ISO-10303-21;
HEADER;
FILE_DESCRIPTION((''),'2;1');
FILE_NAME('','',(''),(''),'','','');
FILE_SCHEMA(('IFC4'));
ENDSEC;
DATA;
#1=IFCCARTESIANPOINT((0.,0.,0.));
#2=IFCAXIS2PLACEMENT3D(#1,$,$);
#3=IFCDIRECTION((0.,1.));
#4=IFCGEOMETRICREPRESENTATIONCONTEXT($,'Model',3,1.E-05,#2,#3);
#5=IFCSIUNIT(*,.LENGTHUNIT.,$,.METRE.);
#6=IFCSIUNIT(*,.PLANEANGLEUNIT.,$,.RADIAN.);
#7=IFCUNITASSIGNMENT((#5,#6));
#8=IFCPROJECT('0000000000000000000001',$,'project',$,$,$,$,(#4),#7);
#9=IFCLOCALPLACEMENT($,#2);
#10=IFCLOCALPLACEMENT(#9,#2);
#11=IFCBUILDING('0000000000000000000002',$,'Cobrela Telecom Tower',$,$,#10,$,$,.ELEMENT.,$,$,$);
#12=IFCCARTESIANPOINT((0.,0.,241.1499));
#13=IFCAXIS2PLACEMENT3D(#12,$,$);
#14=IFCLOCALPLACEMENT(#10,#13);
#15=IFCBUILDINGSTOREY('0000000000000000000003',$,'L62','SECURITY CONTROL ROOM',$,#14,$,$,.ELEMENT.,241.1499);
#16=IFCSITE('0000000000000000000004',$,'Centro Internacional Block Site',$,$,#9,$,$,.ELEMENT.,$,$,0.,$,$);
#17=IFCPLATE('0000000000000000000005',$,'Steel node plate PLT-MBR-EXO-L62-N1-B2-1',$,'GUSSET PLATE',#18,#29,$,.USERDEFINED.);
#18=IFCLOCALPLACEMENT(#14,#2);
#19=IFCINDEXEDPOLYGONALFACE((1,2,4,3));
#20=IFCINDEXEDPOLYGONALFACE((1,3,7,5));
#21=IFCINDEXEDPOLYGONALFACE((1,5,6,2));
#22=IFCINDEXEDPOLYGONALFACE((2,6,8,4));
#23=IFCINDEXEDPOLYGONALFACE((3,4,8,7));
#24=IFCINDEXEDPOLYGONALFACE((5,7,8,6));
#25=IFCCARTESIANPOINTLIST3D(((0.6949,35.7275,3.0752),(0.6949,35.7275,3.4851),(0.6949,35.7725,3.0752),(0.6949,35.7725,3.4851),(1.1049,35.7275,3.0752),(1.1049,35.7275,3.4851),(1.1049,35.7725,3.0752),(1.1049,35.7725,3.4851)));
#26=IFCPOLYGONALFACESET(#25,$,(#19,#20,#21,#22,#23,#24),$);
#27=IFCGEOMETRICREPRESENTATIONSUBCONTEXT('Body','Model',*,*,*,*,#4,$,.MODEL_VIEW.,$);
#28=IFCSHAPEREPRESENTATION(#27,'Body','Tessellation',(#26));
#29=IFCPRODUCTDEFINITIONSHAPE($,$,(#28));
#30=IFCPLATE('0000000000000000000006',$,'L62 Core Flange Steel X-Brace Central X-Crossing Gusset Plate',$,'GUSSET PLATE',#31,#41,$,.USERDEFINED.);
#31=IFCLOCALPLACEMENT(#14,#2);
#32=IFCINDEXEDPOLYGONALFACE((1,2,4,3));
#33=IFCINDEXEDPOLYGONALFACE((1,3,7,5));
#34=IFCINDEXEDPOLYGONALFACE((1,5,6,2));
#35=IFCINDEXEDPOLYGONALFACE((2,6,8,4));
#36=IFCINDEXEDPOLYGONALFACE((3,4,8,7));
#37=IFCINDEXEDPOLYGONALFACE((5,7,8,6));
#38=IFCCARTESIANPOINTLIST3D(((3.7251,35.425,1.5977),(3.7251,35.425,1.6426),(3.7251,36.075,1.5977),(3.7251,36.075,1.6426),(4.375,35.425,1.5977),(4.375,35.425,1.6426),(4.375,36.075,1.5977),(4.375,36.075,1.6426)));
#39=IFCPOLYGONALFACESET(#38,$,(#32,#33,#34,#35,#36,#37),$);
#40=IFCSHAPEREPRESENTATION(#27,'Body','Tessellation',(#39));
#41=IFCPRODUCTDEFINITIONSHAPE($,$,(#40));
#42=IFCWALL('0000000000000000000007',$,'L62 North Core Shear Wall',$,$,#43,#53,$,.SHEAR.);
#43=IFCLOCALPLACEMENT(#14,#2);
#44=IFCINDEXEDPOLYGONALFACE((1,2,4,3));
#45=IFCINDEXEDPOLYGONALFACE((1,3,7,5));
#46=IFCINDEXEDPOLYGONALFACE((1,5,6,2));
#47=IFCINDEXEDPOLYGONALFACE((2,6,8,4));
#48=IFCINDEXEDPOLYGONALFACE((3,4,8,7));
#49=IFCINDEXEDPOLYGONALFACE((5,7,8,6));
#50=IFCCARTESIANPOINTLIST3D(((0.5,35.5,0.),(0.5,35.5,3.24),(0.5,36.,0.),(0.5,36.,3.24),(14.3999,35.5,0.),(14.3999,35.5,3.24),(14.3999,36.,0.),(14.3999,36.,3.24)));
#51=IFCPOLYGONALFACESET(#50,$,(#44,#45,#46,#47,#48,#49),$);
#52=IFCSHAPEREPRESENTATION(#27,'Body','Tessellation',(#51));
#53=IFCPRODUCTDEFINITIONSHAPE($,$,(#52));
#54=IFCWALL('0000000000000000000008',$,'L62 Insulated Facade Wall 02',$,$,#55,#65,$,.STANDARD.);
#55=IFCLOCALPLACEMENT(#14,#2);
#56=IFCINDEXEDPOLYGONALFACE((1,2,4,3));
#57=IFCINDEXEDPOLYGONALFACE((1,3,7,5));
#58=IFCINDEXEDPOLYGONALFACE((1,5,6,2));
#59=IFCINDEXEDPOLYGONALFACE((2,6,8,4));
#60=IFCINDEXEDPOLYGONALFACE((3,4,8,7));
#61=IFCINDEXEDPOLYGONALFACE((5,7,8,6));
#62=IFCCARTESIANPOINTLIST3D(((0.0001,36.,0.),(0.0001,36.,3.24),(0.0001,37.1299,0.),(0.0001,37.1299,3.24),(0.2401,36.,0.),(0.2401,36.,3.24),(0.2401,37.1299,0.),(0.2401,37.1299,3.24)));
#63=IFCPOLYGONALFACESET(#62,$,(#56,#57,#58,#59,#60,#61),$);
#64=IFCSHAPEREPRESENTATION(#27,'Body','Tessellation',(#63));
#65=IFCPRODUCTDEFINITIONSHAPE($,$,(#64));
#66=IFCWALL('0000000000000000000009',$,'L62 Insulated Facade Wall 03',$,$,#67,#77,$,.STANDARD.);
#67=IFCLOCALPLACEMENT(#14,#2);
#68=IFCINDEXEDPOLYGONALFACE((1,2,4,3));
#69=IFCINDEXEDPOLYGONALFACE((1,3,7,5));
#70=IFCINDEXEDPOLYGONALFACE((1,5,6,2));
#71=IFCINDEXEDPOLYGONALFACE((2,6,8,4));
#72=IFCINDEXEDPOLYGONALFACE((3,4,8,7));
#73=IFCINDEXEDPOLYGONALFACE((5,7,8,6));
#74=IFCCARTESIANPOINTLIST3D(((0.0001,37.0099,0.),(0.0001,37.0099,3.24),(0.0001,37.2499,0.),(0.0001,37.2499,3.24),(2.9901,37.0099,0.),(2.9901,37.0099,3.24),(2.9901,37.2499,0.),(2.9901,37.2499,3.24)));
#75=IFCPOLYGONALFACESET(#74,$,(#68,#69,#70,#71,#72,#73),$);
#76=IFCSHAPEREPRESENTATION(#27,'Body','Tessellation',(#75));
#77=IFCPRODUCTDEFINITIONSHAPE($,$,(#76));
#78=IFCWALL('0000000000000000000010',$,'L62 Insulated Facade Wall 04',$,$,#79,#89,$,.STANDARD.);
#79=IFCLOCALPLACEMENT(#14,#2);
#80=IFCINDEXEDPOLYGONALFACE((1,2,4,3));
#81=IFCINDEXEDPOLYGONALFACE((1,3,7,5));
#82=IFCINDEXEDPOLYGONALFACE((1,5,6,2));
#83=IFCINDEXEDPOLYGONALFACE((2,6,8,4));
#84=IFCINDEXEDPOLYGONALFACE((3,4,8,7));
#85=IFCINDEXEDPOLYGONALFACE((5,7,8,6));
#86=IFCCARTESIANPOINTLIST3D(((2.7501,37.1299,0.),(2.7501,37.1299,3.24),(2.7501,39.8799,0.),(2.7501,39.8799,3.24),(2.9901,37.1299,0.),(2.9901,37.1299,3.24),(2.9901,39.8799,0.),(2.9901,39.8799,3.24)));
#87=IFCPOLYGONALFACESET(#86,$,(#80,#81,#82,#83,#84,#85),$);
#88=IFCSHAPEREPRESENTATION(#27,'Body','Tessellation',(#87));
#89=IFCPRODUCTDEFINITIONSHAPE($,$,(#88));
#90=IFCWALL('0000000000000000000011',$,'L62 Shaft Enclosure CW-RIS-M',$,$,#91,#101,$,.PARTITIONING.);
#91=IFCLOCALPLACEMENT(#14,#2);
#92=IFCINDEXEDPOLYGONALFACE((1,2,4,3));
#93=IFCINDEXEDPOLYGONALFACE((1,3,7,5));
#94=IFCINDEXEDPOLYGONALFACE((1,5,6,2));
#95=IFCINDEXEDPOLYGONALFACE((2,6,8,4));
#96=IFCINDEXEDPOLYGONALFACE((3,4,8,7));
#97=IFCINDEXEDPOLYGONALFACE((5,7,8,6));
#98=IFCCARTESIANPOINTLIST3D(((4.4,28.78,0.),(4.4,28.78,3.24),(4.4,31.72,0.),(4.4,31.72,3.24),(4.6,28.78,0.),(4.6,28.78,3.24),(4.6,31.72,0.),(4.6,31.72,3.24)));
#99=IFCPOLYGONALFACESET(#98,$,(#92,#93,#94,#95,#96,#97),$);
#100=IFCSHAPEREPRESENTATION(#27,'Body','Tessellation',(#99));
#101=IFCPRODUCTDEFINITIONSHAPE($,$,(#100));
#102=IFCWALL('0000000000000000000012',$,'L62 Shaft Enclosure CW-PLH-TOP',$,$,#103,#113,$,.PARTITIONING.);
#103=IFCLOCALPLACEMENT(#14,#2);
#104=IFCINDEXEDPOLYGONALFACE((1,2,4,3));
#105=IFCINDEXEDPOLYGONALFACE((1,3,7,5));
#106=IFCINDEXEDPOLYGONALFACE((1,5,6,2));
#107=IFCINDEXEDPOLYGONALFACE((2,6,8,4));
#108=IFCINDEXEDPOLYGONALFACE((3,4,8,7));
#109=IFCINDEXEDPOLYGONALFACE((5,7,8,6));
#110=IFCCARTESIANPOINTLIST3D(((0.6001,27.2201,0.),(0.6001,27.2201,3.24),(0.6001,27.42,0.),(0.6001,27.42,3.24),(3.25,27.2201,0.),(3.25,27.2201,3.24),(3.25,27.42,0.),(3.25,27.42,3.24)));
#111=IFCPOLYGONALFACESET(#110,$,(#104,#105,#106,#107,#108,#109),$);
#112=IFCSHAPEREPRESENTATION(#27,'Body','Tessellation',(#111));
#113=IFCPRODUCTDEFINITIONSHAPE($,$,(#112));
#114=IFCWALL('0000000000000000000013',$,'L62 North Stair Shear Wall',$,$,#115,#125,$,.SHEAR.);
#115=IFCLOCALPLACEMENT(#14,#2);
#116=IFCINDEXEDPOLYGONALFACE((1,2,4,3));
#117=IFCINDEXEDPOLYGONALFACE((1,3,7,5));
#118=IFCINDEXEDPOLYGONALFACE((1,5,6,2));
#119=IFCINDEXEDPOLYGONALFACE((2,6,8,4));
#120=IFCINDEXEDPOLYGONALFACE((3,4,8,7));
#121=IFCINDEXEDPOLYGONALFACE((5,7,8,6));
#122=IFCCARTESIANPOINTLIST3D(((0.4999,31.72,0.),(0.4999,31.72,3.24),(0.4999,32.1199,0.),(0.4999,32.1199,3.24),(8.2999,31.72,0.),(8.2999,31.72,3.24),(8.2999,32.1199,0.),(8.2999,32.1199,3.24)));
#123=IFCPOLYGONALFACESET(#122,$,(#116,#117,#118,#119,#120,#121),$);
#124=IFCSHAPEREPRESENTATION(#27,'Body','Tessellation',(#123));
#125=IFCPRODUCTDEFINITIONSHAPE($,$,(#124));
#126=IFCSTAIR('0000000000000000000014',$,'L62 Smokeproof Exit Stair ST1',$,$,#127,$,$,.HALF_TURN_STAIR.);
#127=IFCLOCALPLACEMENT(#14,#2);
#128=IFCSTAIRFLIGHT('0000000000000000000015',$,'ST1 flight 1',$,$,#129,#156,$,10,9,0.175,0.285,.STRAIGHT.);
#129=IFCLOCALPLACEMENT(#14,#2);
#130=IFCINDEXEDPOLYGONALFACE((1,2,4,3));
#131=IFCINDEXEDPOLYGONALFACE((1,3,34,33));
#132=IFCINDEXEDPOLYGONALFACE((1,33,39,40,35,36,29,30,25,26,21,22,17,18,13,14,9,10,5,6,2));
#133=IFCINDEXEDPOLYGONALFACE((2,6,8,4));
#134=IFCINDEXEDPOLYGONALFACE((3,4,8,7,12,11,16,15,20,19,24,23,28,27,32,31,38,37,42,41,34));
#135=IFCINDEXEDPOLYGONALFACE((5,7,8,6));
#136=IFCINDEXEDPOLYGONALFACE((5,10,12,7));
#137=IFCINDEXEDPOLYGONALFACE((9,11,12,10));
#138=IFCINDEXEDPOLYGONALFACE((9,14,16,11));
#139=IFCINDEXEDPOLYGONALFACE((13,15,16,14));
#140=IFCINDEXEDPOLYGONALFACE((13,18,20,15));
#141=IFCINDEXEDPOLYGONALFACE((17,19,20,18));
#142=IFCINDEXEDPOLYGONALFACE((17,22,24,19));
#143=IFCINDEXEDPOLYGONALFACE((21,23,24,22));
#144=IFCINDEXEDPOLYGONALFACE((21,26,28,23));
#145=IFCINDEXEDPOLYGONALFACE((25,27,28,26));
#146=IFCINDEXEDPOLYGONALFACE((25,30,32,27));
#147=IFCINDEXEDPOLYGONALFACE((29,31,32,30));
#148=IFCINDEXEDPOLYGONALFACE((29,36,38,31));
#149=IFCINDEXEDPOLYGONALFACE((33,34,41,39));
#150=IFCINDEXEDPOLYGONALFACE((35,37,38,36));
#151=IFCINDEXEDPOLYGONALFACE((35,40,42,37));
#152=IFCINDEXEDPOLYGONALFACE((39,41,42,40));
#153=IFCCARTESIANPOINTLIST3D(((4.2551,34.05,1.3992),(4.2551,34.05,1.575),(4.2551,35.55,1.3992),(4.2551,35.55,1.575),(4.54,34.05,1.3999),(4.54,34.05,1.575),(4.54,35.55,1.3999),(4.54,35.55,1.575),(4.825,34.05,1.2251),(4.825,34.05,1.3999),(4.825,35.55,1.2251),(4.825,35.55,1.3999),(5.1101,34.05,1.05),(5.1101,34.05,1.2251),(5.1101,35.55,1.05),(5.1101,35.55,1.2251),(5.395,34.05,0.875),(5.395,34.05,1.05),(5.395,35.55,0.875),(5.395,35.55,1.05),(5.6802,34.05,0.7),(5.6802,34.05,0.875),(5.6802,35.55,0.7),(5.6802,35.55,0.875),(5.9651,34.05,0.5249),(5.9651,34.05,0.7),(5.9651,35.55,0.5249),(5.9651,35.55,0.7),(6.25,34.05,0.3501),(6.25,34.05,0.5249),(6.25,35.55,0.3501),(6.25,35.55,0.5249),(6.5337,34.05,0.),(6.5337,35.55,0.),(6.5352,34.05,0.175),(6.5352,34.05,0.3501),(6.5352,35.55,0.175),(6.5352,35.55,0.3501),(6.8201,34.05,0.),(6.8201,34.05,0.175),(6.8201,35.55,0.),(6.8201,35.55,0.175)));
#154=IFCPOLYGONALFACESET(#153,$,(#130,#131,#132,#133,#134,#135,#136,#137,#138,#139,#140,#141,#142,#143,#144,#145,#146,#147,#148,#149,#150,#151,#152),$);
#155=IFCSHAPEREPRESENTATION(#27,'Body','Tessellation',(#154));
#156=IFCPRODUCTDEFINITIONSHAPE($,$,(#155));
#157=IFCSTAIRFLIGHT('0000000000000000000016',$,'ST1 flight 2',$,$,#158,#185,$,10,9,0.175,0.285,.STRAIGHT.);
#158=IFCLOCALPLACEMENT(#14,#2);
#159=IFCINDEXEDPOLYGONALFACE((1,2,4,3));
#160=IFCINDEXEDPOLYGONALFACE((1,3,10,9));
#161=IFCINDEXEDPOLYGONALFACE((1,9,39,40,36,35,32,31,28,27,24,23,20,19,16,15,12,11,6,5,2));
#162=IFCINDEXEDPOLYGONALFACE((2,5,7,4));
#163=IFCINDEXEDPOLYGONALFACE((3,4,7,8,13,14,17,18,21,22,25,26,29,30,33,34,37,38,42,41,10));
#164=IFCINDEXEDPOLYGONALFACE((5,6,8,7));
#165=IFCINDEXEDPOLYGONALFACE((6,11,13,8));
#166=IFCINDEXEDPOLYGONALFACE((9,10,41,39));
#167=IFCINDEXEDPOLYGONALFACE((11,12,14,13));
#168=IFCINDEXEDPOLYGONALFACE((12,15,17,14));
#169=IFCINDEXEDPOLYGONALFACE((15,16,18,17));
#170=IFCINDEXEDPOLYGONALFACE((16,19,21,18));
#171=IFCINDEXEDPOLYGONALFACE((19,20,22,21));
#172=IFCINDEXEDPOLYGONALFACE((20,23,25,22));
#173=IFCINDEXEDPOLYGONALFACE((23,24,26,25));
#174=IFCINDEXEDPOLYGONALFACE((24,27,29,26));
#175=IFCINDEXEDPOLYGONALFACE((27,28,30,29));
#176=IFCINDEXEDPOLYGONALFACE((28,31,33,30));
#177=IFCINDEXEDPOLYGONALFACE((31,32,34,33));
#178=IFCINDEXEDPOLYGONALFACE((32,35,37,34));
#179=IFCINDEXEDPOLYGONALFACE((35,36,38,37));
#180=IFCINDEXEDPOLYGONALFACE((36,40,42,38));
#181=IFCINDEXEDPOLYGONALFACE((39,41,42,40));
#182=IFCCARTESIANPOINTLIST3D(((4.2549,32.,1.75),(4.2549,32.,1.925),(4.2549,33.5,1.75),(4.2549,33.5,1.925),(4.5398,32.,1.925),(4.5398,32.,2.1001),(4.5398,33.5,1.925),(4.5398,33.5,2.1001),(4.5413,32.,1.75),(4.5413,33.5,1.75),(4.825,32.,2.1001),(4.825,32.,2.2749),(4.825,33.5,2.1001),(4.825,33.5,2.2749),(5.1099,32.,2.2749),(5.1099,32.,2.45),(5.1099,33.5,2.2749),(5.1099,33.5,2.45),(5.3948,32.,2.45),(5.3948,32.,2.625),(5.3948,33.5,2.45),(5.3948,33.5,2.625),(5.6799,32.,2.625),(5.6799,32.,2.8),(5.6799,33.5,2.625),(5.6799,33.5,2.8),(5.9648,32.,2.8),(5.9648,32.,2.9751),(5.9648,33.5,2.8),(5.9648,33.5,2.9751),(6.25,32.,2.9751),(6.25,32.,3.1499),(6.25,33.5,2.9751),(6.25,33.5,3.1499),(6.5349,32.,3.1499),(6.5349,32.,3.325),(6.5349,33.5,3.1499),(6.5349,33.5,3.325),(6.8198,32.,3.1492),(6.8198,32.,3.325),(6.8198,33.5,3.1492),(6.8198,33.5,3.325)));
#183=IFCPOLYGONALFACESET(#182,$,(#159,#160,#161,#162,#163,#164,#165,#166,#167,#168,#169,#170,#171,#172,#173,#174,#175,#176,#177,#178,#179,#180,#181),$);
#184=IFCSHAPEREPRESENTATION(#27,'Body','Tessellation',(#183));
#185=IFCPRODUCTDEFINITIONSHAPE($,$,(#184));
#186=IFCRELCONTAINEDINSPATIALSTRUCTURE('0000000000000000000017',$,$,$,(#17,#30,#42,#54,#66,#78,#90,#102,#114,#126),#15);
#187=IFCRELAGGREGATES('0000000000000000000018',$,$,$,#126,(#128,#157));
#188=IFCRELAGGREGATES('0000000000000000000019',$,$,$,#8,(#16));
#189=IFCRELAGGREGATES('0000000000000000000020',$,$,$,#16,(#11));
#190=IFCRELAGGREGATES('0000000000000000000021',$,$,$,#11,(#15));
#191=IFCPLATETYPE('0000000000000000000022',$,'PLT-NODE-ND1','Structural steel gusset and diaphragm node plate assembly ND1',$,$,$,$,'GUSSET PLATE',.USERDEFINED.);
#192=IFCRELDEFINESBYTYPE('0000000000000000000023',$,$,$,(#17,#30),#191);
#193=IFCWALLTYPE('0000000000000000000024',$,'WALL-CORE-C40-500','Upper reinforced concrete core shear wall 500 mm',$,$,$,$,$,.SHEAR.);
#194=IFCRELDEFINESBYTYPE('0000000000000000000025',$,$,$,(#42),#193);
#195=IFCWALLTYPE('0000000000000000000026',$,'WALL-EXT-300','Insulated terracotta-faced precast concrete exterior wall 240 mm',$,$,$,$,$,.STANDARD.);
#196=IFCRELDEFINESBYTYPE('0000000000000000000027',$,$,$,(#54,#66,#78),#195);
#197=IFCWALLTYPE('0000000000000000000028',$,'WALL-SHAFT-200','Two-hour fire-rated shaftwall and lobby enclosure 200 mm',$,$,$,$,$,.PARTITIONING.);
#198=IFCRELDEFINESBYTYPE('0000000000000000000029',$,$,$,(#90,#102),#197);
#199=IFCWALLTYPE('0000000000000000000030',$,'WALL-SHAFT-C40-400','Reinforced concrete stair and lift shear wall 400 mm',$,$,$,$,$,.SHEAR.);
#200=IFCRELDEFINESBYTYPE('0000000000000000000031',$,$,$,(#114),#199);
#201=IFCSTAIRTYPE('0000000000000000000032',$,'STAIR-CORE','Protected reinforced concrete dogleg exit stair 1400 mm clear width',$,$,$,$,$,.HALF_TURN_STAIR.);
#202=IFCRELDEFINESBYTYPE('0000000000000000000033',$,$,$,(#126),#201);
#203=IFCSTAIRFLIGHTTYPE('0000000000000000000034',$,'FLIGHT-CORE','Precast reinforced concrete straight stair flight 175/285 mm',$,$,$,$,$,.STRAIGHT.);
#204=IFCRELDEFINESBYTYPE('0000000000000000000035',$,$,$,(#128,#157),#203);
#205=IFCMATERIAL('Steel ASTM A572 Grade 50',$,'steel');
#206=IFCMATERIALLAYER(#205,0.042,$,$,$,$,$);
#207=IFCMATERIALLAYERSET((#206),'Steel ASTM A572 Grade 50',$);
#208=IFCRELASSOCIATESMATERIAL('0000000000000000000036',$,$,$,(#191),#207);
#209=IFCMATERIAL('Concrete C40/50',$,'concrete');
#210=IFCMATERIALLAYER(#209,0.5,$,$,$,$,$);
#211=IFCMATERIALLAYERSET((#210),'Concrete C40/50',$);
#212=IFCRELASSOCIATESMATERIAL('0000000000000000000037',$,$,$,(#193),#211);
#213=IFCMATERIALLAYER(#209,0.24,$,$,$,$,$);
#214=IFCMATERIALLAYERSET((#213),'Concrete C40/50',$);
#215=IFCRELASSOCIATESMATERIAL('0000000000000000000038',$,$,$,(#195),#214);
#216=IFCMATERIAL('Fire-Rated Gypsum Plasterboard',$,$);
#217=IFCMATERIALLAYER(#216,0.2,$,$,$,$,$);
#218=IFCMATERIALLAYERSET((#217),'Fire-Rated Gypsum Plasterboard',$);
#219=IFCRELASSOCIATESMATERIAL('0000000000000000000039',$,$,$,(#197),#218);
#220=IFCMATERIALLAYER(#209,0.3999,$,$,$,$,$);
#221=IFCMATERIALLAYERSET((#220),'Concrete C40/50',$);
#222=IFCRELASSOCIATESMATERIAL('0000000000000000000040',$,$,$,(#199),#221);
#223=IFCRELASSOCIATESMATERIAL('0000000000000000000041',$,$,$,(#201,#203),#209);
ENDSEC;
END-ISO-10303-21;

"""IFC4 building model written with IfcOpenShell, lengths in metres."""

from ifc_helpers import new_model, si_unit, direction, frame, frame_2d, origin, origin_2d, place, context, subcontext, project, spatial, polyline, rectangle, outline, extrude, material, layer, layer_set, type_object, element, aggregate, save


model = new_model("IFC4")

# Units and contexts
model_context = context("Model", 3, precision=1e-05, world=origin(), true_north=direction((0.0, 1.0)))
body_context = subcontext(model_context, "Body", "Model", "MODEL_VIEW")
ifc_project = project(units=[si_unit("LENGTHUNIT", "METRE"), si_unit("PLANEANGLEUNIT", "RADIAN")], contexts=[model_context])

# Site, building, storey
site_placement = place(None, origin())
site = spatial("IfcSite", under=ifc_project, at=site_placement, Name="Centro Internacional Block Site", CompositionType="ELEMENT", RefElevation=0.0)
building_placement = place(site_placement, origin())
building = spatial("IfcBuilding", under=site, at=building_placement, Name="Cobrela Telecom Tower", CompositionType="ELEMENT")
storey_placement = place(building_placement, frame((0.0, 0.0, 241.1499)))
storey = spatial("IfcBuildingStorey", under=building, at=storey_placement, Name="L62", Description="SECURITY CONTROL ROOM", CompositionType="ELEMENT", Elevation=241.1499)

# Shared definitions
ifc_material_1 = material(Name="Steel ASTM A572 Grade 50", Category="steel")

# Plates
ifc_layer_1 = layer(ifc_material_1, 0.042)
ifc_layer_set_1 = layer_set([ifc_layer_1], Name="Steel ASTM A572 Grade 50")
plate_type_1 = type_object("IfcPlateType", Name="PLT-NODE-ND1", Description="Structural steel gusset and diaphragm node plate assembly ND1", ElementType="GUSSET PLATE", PredefinedType="USERDEFINED", material=ifc_layer_set_1)
for number, where, z_axis, x_axis, name in (
    (1, (0.8999, 35.75, 3.0752), (0.0, 0.0, 1.0), (-1.0, 0.0, 0.0), "Steel node plate PLT-MBR-EXO-L62-N1-B2-1"),
):
    element("IfcPlate", number, at=place(storey_placement, frame(where, z_axis=z_axis, x_axis=x_axis)), inside=storey, type_object=plate_type_1, Name=name, ObjectType="GUSSET PLATE", PredefinedType="USERDEFINED", context=body_context, shape_type="SweptSolid", body=[
        extrude(rectangle(XDim=0.4099, YDim=0.0449, at=origin_2d()), origin(), (0.0, 0.0, 1.0), 0.4099),
    ])
plate_1_placement = place(storey_placement, frame((4.05, 35.75, 1.5977), z_axis=(0.0, 0.0, 1.0), x_axis=(1.0, 0.0, 0.0)))
element("IfcPlate", 2, at=plate_1_placement, inside=storey, type_object=plate_type_1, Name="L62 Core Flange Steel X-Brace Central X-Crossing Gusset Plate", ObjectType="GUSSET PLATE", PredefinedType="USERDEFINED", context=body_context, shape_type="SweptSolid", body=[
    extrude(rectangle(XDim=0.6499, YDim=0.6499, at=origin_2d()), origin(), (0.0, 0.0, 1.0), 0.0449),
])

# Walls
ifc_material_2 = material(Name="Concrete C40/50", Category="concrete")
ifc_layer_2 = layer(ifc_material_2, 0.5)
ifc_layer_set_2 = layer_set([ifc_layer_2], Name="Concrete C40/50")
wall_type_1 = type_object("IfcWallType", Name="WALL-CORE-C40-500", Description="Upper reinforced concrete core shear wall 500 mm", PredefinedType="SHEAR", material=ifc_layer_set_2)
wall_1_placement = place(storey_placement, frame((0.5, 35.75, 0.0), z_axis=(0.0, 0.0, 1.0), x_axis=(1.0, 0.0, 0.0)))
element("IfcWall", 3, at=wall_1_placement, inside=storey, type_object=wall_type_1, Name="L62 North Core Shear Wall", PredefinedType="SHEAR", context=body_context, shape_type="SweptSolid", body=[
    extrude(rectangle(XDim=13.8999, YDim=0.5, at=frame_2d((6.95, 0.0))), origin(), (0.0, 0.0, 1.0), 3.24),
])
ifc_layer_3 = layer(ifc_material_2, 0.24)
ifc_layer_set_3 = layer_set([ifc_layer_3], Name="Concrete C40/50")
wall_type_2 = type_object("IfcWallType", Name="WALL-EXT-300", Description="Insulated terracotta-faced precast concrete exterior wall 240 mm", PredefinedType="STANDARD", material=ifc_layer_set_3)
wall_2_placement = place(storey_placement, frame((0.1201, 36.0, 0.0), z_axis=(0.0, 0.0, 1.0), x_axis=(0.0, 1.0, 0.0)))
element("IfcWall", 4, at=wall_2_placement, inside=storey, type_object=wall_type_2, Name="L62 Insulated Facade Wall 02", PredefinedType="STANDARD", context=body_context, shape_type="SweptSolid", body=[
    extrude(rectangle(XDim=1.1299, YDim=0.24, at=frame_2d((0.5649, 0.0))), origin(), (0.0, 0.0, 1.0), 3.24),
])
wall_3_placement = place(storey_placement, frame((0.0, 37.1299, 0.0), z_axis=(0.0, 0.0, 1.0), x_axis=(1.0, 0.0, 0.0)))
element("IfcWall", 5, at=wall_3_placement, inside=storey, type_object=wall_type_2, Name="L62 Insulated Facade Wall 03", PredefinedType="STANDARD", context=body_context, shape_type="SweptSolid", body=[
    extrude(rectangle(XDim=2.99, YDim=0.24, at=frame_2d((1.4951, 0.0))), origin(), (0.0, 0.0, 1.0), 3.24),
])
wall_4_placement = place(storey_placement, frame((2.8701, 37.1299, 0.0), z_axis=(0.0, 0.0, 1.0), x_axis=(0.0, 1.0, 0.0)))
element("IfcWall", 6, at=wall_4_placement, inside=storey, type_object=wall_type_2, Name="L62 Insulated Facade Wall 04", PredefinedType="STANDARD", context=body_context, shape_type="SweptSolid", body=[
    extrude(rectangle(XDim=2.75, YDim=0.24, at=frame_2d((1.375, 0.0))), origin(), (0.0, 0.0, 1.0), 3.24),
])

# Shared definitions
ifc_material_3 = material(Name="Fire-Rated Gypsum Plasterboard")
ifc_layer_4 = layer(ifc_material_3, 0.2)
ifc_layer_set_4 = layer_set([ifc_layer_4], Name="Fire-Rated Gypsum Plasterboard")
wall_type_3 = type_object("IfcWallType", Name="WALL-SHAFT-200", Description="Two-hour fire-rated shaftwall and lobby enclosure 200 mm", PredefinedType="PARTITIONING", material=ifc_layer_set_4)

# Walls
wall_5_placement = place(storey_placement, frame((4.5, 28.78, 0.0), z_axis=(0.0, 0.0, 1.0), x_axis=(0.0, 1.0, 0.0)))
element("IfcWall", 7, at=wall_5_placement, inside=storey, type_object=wall_type_3, Name="L62 Shaft Enclosure CW-RIS-M", PredefinedType="PARTITIONING", context=body_context, shape_type="SweptSolid", body=[
    extrude(rectangle(XDim=2.9399, YDim=0.2, at=frame_2d((1.47, 0.0))), origin(), (0.0, 0.0, 1.0), 3.24),
])
wall_6_placement = place(storey_placement, frame((0.6001, 27.3201, 0.0), z_axis=(0.0, 0.0, 1.0), x_axis=(1.0, 0.0, 0.0)))
element("IfcWall", 8, at=wall_6_placement, inside=storey, type_object=wall_type_3, Name="L62 Shaft Enclosure CW-PLH-TOP", PredefinedType="PARTITIONING", context=body_context, shape_type="SweptSolid", body=[
    extrude(rectangle(XDim=2.6499, YDim=0.2, at=frame_2d((1.325, 0.0))), origin(), (0.0, 0.0, 1.0), 3.24),
])
ifc_layer_5 = layer(ifc_material_2, 0.3999)
ifc_layer_set_5 = layer_set([ifc_layer_5], Name="Concrete C40/50")
wall_type_4 = type_object("IfcWallType", Name="WALL-SHAFT-C40-400", Description="Reinforced concrete stair and lift shear wall 400 mm", PredefinedType="SHEAR", material=ifc_layer_set_5)
wall_7_placement = place(storey_placement, frame((0.5, 31.9199, 0.0), z_axis=(0.0, 0.0, 1.0), x_axis=(1.0, 0.0, 0.0)))
element("IfcWall", 9, at=wall_7_placement, inside=storey, type_object=wall_type_4, Name="L62 North Stair Shear Wall", PredefinedType="SHEAR", context=body_context, shape_type="SweptSolid", body=[
    extrude(rectangle(XDim=7.8, YDim=0.3999, at=frame_2d((3.8999, 0.0))), origin(), (0.0, 0.0, 1.0), 3.24),
])

# Stair, stair flights
stair_type = type_object("IfcStairType", Name="STAIR-CORE", Description="Protected reinforced concrete dogleg exit stair 1400 mm clear width", PredefinedType="HALF_TURN_STAIR", material=ifc_material_2)
stair_placement = place(storey_placement, origin())
stair = element("IfcStair", 10, at=stair_placement, inside=storey, type_object=stair_type, Name="L62 Smokeproof Exit Stair ST1", PredefinedType="HALF_TURN_STAIR")
stair_flight_type = type_object("IfcStairFlightType", Name="FLIGHT-CORE", Description="Precast reinforced concrete straight stair flight 175/285 mm", PredefinedType="STRAIGHT", material=ifc_material_2)
stair_flight_1_placement = place(storey_placement, frame((6.8201, 34.8, 0.0), z_axis=(0.0, 0.0, 1.0), x_axis=(-1.0, 0.0, 0.0)))
stair_flight_1 = element("IfcStairFlight", 11, at=stair_flight_1_placement, type_object=stair_flight_type, Name="ST1 flight 1", NumberOfRisers=10, NumberOfTreads=9, PredefinedType="STRAIGHT", RiserHeight=0.175, TreadLength=0.285, context=body_context, shape_type="SweptSolid", body=[
    extrude(outline(polyline([(0.0, 0.0), (0.0, 0.175), (0.2849, 0.175), (0.2849, 0.3501), (0.5701, 0.3501), (0.5701, 0.5249), (0.855, 0.5249), (0.855, 0.7), (1.1399, 0.7), (1.1399, 0.875), (1.425, 0.875), (1.425, 1.05), (1.71, 1.05), (1.71, 1.2251), (1.9951, 1.2251), (1.9951, 1.3999), (2.28, 1.3999), (2.28, 1.575), (2.5649, 1.575), (2.5649, 1.75), (2.5649, 1.3992), (0.2864, 0.0), (0.0, 0.0)])), frame((0.0, 0.75, 0.0), z_axis=(0.0, -1.0, 0.0), x_axis=(1.0, 0.0, 0.0)), (0.0, 0.0, 1.0), 1.5),
])
stair_flight_2_placement = place(storey_placement, frame((4.2549, 32.75, 1.75), z_axis=(0.0, 0.0, 1.0), x_axis=(1.0, 0.0, 0.0)))
stair_flight_2 = element("IfcStairFlight", 12, at=stair_flight_2_placement, type_object=stair_flight_type, Name="ST1 flight 2", NumberOfRisers=10, NumberOfTreads=9, PredefinedType="STRAIGHT", RiserHeight=0.175, TreadLength=0.285, context=body_context, shape_type="SweptSolid", body=[
    extrude(outline(polyline([(0.0, 0.0), (0.0, 0.175), (0.2849, 0.175), (0.2849, 0.3501), (0.5701, 0.3501), (0.5701, 0.5249), (0.855, 0.5249), (0.855, 0.7), (1.1399, 0.7), (1.1399, 0.875), (1.425, 0.875), (1.425, 1.05), (1.71, 1.05), (1.71, 1.2251), (1.9951, 1.2251), (1.9951, 1.3999), (2.28, 1.3999), (2.28, 1.575), (2.5649, 1.575), (2.5649, 1.75), (2.5649, 1.3992), (0.2864, 0.0), (0.0, 0.0)])), frame((0.0, 0.75, 0.0), z_axis=(0.0, -1.0, 0.0), x_axis=(1.0, 0.0, 0.0)), (0.0, 0.0, 1.0), 1.5),
])
aggregate(stair, [stair_flight_1, stair_flight_2])

save(model, "model.ifc")
